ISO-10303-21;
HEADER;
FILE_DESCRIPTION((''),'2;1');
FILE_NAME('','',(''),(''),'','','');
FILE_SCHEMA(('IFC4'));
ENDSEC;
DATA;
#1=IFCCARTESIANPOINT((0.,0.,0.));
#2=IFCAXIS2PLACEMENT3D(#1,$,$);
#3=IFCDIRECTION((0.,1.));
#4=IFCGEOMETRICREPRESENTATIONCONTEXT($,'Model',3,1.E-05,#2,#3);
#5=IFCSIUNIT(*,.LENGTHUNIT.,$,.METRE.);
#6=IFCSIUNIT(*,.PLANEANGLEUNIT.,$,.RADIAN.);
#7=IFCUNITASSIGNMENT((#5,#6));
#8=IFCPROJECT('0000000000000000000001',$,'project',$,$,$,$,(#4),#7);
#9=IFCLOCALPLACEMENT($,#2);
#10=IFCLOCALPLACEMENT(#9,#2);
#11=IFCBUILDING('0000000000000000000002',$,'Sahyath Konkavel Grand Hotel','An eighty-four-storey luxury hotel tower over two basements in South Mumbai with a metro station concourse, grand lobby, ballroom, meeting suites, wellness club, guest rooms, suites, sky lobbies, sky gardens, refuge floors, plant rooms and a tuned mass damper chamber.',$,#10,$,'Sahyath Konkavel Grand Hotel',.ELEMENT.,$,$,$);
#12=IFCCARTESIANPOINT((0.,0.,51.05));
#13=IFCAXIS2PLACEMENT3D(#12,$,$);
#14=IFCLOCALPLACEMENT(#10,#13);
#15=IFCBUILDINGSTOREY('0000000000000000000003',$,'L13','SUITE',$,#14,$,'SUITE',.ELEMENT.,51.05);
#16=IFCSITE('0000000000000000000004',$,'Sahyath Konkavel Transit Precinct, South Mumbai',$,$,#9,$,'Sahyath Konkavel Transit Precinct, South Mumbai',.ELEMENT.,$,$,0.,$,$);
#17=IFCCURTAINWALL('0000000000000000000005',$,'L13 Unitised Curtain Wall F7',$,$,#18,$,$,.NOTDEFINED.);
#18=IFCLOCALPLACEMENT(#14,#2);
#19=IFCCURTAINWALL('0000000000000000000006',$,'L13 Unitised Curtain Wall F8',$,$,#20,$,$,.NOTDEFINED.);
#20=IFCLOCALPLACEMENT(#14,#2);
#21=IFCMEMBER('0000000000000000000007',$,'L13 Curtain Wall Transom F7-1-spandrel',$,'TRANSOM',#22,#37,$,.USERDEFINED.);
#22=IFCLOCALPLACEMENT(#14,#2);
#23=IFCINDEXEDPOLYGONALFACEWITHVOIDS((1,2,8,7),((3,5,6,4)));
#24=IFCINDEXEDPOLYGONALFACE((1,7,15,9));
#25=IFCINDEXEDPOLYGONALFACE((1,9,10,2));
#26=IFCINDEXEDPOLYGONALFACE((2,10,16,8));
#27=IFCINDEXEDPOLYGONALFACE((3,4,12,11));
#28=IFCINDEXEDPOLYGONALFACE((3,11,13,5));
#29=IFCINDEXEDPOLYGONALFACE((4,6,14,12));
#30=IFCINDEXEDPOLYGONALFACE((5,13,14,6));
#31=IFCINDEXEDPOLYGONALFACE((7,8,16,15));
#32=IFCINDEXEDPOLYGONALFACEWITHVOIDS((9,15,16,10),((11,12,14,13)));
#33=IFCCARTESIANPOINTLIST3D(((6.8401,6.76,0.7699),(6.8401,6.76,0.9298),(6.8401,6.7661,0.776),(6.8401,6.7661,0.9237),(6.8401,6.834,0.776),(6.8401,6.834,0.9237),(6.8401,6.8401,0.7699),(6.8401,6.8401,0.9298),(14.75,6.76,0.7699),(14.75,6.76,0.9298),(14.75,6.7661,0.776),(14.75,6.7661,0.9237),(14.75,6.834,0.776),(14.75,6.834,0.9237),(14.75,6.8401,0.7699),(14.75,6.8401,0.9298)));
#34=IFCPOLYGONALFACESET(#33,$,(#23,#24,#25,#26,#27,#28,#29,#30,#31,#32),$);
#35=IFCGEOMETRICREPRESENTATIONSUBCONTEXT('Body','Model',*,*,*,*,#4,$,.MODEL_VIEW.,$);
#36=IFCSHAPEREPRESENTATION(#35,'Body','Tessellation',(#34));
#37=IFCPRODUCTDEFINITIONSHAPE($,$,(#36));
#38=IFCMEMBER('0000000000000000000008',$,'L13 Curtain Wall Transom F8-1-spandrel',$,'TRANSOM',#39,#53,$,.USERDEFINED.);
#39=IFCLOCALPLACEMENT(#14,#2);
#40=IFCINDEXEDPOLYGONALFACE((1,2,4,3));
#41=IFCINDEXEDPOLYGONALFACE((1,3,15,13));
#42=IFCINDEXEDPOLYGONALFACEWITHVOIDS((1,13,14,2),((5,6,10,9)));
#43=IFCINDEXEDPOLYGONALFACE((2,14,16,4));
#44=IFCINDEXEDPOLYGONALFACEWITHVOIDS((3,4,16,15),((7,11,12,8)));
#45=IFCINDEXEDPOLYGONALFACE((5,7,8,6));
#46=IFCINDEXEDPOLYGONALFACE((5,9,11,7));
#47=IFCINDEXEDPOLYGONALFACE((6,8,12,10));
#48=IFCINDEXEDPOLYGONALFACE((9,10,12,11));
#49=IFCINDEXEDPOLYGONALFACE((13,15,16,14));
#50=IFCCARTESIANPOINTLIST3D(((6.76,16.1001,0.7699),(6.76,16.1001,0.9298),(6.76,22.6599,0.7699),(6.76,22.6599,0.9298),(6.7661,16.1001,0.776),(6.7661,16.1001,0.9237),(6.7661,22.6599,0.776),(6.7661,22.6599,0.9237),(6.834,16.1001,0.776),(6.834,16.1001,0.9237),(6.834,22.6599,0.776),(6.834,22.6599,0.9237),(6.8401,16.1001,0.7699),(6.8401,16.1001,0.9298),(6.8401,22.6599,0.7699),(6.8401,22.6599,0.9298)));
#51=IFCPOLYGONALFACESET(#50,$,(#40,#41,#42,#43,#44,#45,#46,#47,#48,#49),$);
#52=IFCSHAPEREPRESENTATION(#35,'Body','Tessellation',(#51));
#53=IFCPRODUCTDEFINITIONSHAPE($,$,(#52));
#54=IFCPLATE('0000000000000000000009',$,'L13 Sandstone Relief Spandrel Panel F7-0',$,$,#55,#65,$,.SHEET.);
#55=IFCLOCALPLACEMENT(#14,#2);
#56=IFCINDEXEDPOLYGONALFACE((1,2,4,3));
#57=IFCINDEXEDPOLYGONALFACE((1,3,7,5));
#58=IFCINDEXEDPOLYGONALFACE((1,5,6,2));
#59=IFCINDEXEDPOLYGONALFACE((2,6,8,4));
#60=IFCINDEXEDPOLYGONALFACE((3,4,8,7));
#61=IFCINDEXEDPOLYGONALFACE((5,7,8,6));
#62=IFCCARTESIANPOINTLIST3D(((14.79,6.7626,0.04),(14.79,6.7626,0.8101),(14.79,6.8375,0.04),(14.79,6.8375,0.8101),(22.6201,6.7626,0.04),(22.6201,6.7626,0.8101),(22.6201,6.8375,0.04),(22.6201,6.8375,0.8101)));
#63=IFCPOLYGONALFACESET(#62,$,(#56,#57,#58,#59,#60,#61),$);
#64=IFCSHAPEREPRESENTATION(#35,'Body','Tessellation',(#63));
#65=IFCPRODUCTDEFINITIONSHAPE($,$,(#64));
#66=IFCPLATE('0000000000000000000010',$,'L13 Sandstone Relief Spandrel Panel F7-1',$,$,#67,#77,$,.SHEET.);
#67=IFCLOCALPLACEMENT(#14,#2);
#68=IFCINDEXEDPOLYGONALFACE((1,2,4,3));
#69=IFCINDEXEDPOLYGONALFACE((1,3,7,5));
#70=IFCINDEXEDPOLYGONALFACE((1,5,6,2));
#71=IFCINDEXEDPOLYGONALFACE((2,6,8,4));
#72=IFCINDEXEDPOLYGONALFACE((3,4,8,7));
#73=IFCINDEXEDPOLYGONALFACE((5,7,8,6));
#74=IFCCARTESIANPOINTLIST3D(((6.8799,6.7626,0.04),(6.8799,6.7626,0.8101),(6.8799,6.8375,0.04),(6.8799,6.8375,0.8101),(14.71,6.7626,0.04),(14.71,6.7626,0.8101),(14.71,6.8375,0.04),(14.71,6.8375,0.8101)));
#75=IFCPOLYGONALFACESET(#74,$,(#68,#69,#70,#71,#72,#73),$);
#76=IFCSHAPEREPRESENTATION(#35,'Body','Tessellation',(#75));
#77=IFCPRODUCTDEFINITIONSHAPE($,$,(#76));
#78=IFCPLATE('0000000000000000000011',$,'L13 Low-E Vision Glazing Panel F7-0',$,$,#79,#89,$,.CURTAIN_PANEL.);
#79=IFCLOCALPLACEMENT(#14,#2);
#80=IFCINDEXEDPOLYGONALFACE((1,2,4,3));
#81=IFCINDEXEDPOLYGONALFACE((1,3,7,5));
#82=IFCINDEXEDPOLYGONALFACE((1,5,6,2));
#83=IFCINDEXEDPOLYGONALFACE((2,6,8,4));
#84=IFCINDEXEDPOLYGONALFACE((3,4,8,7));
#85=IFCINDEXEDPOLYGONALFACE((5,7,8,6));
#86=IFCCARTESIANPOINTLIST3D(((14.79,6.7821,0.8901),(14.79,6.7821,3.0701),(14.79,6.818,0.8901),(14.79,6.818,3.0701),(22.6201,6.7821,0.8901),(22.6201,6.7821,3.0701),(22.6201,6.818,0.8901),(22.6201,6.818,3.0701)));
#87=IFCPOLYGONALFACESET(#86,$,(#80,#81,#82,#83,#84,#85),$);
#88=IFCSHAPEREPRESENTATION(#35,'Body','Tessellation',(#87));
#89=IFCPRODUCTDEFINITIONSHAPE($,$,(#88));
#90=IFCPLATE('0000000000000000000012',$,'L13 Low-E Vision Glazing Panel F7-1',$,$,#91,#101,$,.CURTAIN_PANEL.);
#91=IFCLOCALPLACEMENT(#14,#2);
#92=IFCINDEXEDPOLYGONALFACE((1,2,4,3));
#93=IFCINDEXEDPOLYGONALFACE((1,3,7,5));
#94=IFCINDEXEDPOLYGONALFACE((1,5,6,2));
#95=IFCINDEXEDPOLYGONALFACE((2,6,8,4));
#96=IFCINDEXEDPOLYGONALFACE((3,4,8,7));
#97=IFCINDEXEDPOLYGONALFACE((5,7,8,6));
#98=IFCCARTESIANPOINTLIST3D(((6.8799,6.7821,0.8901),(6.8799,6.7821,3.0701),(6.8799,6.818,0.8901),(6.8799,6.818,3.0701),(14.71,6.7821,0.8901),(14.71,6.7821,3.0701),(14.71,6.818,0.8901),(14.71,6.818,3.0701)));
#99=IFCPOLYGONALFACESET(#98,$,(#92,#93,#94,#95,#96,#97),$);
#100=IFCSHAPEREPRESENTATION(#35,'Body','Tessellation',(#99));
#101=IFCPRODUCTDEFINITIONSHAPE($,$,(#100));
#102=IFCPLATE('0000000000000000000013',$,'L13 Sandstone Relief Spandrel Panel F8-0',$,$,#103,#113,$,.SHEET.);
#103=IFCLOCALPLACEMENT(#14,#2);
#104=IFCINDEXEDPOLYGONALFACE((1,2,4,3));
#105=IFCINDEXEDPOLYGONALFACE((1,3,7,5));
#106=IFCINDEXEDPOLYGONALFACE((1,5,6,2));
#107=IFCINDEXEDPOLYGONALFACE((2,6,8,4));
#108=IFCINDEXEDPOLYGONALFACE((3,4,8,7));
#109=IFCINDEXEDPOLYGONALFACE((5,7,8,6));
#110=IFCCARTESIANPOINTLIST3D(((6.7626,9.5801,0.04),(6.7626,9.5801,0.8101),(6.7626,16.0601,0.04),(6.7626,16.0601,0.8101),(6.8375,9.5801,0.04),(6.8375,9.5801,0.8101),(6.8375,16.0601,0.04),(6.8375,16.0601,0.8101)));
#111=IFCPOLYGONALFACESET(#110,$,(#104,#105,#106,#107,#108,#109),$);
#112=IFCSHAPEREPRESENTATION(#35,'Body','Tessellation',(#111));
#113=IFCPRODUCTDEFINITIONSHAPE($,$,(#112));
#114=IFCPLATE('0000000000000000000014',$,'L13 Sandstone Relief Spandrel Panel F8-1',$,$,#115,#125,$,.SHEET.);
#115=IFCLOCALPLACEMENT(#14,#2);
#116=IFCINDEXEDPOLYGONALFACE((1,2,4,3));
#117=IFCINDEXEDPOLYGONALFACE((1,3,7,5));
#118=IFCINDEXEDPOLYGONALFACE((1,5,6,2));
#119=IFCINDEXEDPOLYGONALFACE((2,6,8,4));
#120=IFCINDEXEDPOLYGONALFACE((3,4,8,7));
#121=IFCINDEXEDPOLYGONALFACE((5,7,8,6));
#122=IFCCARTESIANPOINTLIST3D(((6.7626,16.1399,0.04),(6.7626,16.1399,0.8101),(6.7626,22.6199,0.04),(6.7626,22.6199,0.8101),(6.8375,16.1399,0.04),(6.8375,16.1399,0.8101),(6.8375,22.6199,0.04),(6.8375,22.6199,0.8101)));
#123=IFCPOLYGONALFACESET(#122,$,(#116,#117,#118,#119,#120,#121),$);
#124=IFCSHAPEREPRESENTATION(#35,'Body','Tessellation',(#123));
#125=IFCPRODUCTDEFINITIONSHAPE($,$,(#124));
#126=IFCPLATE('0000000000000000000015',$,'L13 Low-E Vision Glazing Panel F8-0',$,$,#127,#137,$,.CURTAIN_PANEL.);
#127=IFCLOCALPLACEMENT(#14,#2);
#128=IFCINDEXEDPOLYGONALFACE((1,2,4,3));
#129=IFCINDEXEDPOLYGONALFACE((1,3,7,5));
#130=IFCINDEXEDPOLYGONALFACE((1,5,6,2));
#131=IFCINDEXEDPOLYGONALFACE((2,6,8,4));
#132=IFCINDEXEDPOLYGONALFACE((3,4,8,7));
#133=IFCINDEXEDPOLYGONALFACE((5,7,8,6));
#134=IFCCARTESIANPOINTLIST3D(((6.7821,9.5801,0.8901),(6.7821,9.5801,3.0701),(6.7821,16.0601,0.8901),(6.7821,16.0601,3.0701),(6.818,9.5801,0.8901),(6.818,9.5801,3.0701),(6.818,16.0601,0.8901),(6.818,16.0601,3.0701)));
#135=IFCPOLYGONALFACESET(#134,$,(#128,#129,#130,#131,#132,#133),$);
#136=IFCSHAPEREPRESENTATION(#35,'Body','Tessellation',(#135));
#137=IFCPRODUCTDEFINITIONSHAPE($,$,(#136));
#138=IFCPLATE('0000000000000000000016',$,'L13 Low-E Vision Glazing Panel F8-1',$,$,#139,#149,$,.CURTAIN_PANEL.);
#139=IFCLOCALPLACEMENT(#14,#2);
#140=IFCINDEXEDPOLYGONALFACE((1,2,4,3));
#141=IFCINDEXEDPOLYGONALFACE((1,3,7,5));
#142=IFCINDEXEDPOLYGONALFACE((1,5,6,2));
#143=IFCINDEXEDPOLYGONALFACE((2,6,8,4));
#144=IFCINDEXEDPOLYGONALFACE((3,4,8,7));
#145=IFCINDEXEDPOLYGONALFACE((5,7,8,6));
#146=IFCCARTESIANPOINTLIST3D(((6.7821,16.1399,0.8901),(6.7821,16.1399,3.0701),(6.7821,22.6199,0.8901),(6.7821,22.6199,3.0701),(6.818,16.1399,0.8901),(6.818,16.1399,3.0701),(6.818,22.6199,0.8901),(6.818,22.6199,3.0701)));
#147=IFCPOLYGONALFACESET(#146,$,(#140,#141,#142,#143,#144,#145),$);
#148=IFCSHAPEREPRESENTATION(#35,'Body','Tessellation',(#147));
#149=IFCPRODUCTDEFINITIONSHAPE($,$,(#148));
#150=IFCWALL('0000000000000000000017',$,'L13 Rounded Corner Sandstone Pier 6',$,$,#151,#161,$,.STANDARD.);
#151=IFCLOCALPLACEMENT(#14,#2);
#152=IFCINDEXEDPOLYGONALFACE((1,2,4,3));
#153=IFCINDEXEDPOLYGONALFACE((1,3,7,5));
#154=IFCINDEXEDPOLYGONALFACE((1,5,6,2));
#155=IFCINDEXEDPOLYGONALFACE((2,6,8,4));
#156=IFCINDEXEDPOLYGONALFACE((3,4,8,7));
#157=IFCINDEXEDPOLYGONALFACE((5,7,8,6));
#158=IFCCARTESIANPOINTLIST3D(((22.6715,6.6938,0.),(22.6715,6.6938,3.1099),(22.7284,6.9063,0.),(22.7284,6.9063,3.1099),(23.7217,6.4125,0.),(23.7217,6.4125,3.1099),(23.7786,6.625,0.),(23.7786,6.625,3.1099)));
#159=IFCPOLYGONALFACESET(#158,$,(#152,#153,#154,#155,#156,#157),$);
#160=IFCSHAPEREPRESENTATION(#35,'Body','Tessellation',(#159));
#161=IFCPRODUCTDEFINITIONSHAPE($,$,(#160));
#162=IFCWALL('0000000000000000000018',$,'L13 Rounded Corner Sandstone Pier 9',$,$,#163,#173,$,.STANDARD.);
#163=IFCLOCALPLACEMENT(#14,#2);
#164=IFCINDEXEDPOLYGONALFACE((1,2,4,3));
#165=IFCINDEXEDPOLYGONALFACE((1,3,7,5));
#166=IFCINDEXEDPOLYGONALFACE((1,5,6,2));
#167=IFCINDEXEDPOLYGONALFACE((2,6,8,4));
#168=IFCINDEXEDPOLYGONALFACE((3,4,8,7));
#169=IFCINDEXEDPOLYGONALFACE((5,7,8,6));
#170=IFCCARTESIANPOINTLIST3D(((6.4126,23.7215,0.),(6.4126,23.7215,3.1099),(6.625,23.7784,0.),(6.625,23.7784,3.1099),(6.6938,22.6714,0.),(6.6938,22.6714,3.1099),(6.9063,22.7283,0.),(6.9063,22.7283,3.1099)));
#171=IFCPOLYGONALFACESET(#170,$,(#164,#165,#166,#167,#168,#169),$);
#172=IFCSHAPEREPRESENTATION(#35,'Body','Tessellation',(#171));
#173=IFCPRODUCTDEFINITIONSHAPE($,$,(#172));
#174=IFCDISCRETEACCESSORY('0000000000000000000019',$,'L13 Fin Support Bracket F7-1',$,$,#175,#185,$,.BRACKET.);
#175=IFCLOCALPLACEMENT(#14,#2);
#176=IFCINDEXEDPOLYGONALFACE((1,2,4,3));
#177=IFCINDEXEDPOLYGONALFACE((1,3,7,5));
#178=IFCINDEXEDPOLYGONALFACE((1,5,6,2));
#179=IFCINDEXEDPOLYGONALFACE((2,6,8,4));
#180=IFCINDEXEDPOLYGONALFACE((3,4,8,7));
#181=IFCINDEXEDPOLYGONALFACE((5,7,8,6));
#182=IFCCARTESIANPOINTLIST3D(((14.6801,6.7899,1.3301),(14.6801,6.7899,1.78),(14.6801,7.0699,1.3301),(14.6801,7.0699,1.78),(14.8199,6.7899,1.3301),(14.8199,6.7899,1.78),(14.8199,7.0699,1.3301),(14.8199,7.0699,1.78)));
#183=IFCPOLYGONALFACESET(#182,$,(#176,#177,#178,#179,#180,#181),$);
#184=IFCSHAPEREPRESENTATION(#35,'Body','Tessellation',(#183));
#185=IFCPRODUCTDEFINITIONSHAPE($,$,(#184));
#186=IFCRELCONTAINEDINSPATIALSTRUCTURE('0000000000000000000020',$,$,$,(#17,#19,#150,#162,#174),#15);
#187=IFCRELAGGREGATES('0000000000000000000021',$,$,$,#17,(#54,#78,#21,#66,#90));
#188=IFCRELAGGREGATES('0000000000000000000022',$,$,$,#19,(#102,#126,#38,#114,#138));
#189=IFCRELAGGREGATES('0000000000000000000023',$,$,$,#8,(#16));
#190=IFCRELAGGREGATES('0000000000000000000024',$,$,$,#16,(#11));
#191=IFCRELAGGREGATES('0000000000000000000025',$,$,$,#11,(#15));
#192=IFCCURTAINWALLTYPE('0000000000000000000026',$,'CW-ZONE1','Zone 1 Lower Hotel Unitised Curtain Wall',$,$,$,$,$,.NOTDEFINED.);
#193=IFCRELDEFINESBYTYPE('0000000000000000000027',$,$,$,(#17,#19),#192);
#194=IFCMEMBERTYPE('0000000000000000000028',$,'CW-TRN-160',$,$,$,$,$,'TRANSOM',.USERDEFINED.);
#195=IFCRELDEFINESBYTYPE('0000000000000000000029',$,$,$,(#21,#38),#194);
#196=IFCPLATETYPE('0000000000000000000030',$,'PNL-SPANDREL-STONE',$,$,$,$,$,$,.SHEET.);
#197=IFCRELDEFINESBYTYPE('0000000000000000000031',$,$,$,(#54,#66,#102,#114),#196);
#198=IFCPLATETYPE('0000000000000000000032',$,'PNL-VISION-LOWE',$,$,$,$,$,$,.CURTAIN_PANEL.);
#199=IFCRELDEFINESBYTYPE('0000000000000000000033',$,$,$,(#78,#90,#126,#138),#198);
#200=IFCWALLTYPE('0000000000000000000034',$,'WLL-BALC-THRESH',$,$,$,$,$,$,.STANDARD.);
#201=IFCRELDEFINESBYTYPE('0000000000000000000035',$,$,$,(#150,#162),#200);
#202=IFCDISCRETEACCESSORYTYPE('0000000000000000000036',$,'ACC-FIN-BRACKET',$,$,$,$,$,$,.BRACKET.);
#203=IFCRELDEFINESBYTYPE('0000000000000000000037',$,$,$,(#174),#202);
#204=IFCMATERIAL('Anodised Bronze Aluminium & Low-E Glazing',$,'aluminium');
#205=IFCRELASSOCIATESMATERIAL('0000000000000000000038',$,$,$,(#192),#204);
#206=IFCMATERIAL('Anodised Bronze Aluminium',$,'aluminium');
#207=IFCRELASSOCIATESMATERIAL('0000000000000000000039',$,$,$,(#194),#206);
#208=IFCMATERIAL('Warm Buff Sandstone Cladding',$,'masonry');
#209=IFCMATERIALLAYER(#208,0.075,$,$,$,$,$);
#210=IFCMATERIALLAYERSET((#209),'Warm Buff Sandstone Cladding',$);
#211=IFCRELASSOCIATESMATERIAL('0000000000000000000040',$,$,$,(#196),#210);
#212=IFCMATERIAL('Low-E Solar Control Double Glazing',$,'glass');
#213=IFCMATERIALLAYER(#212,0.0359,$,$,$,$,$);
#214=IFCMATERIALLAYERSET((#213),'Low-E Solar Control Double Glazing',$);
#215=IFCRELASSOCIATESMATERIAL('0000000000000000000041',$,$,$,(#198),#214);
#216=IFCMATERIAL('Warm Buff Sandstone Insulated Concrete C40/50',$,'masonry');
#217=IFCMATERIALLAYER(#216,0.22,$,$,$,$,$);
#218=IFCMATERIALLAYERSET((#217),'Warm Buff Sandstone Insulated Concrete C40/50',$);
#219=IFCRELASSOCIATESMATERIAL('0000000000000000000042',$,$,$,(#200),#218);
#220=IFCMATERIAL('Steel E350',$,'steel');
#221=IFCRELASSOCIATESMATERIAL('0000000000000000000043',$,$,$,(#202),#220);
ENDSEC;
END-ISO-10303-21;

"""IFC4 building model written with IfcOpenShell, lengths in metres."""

from ifc_helpers import new_model, si_unit, direction, frame, frame_2d, origin, origin_2d, place, context, subcontext, project, spatial, rectangle, hollow_rectangle, extrude, source, transform, mapped, material, layer, layer_set, material_profile, profile_set, type_object, element, aggregate, save


model = new_model("IFC4")

# Units and contexts
model_context = context("Model", 3, precision=1e-05, world=origin(), true_north=direction((0.0, 1.0)))
body_context = subcontext(model_context, "Body", "Model", "MODEL_VIEW")
ifc_project = project(units=[si_unit("LENGTHUNIT", "METRE"), si_unit("PLANEANGLEUNIT", "RADIAN")], contexts=[model_context])

# Site, building, storey
site_placement = place(None, origin())
site = spatial("IfcSite", under=ifc_project, at=site_placement, Name="Sahyath Konkavel Transit Precinct, South Mumbai", LongName="Sahyath Konkavel Transit Precinct, South Mumbai", CompositionType="ELEMENT", RefElevation=0.0)
building_placement = place(site_placement, origin())
building = spatial("IfcBuilding", under=site, at=building_placement, Name="Sahyath Konkavel Grand Hotel", Description="An eighty-four-storey luxury hotel tower over two basements in South Mumbai with a metro station concourse, grand lobby, ballroom, meeting suites, wellness club, guest rooms, suites, sky lobbies, sky gardens, refuge floors, plant rooms and a tuned mass damper chamber.", LongName="Sahyath Konkavel Grand Hotel", CompositionType="ELEMENT")
storey_placement = place(building_placement, frame((0.0, 0.0, 51.05)))
storey = spatial("IfcBuildingStorey", under=building, at=storey_placement, Name="L13", Description="SUITE", LongName="SUITE", CompositionType="ELEMENT", Elevation=51.05)

# Shared definitions
ifc_material_1 = material(Name="Steel E350", Category="steel")

# Curtain walls
ifc_material_2 = material(Name="Anodised Bronze Aluminium & Low-E Glazing", Category="aluminium")
curtain_wall_type = type_object("IfcCurtainWallType", Name="CW-ZONE1", Description="Zone 1 Lower Hotel Unitised Curtain Wall", PredefinedType="NOTDEFINED", material=ifc_material_2)
curtain_wall_1_placement = place(storey_placement, origin())
curtain_wall_1 = element("IfcCurtainWall", 1, at=curtain_wall_1_placement, inside=storey, type_object=curtain_wall_type, Name="L13 Unitised Curtain Wall F7", PredefinedType="NOTDEFINED")
ifc_material_3 = material(Name="Anodised Bronze Aluminium", Category="aluminium")
curtain_wall_2_placement = place(storey_placement, origin())
curtain_wall_2 = element("IfcCurtainWall", 2, at=curtain_wall_2_placement, inside=storey, type_object=curtain_wall_type, Name="L13 Unitised Curtain Wall F8", PredefinedType="NOTDEFINED")

# Members
ifc_material_profile_1 = material_profile(ifc_material_3, hollow_rectangle(XDim=0.0801, YDim=0.1599, WallThickness=0.0061, at=origin_2d()), Name="RHS 160x80x6")
ifc_profile_set_1 = profile_set([ifc_material_profile_1], Name="Anodised Bronze Aluminium")
member_type_1 = type_object("IfcMemberType", Name="CW-TRN-160", ElementType="TRANSOM", PredefinedType="USERDEFINED", material=ifc_profile_set_1)
shared_shape_1 = source(origin(), body_context, "Body", "SweptSolid", [
    extrude(hollow_rectangle(XDim=0.0801, YDim=0.1599, WallThickness=0.0061, at=origin_2d()), origin(), (0.0, 0.0, 1.0), 7.9099),
])
member_1_placement = place(storey_placement, frame((14.75, 6.8, 0.8499), z_axis=(-1.0, 0.0, 0.0), x_axis=(0.0, -1.0, 0.0)))
member_1 = element("IfcMember", 3, at=member_1_placement, type_object=member_type_1, Name="L13 Curtain Wall Transom F7-1-spandrel", ObjectType="TRANSOM", PredefinedType="USERDEFINED", context=body_context, shape_type="MappedRepresentation", body=[
    mapped(shared_shape_1, transform((0.0, 0.0, 0.0), scale=1.0)),
])
shared_shape_2 = source(origin(), body_context, "Body", "SweptSolid", [
    extrude(hollow_rectangle(XDim=0.0801, YDim=0.1599, WallThickness=0.0061, at=origin_2d()), origin(), (0.0, 0.0, 1.0), 6.5598),
])
member_2_placement = place(storey_placement, frame((6.8, 16.1001, 0.8499), z_axis=(0.0, 1.0, 0.0), x_axis=(-1.0, 0.0, 0.0)))
member_2 = element("IfcMember", 4, at=member_2_placement, type_object=member_type_1, Name="L13 Curtain Wall Transom F8-1-spandrel", ObjectType="TRANSOM", PredefinedType="USERDEFINED", context=body_context, shape_type="MappedRepresentation", body=[
    mapped(shared_shape_2, transform((0.0, 0.0, 0.0), scale=1.0)),
])

# Plates
ifc_material_4 = material(Name="Warm Buff Sandstone Cladding", Category="masonry")
ifc_layer_1 = layer(ifc_material_4, 0.075)
ifc_layer_set_1 = layer_set([ifc_layer_1], Name="Warm Buff Sandstone Cladding")
plate_type_1 = type_object("IfcPlateType", Name="PNL-SPANDREL-STONE", PredefinedType="SHEET", material=ifc_layer_set_1)
shared_shape_3 = source(origin(), body_context, "Body", "SweptSolid", [
    extrude(rectangle(XDim=7.8301, YDim=0.075, at=origin_2d()), origin(), (0.0, 0.0, 1.0), 0.77),
])
plate_1_placement = place(storey_placement, frame((18.7051, 6.8, 0.04), z_axis=(0.0, 0.0, 1.0), x_axis=(-1.0, 0.0, 0.0)))
plate_1 = element("IfcPlate", 5, at=plate_1_placement, type_object=plate_type_1, Name="L13 Sandstone Relief Spandrel Panel F7-0", PredefinedType="SHEET", context=body_context, shape_type="MappedRepresentation", body=[
    mapped(shared_shape_3, transform((0.0, 0.0, 0.0), scale=1.0)),
])
plate_2_placement = place(storey_placement, frame((10.7949, 6.8, 0.04), z_axis=(0.0, 0.0, 1.0), x_axis=(-1.0, 0.0, 0.0)))
plate_2 = element("IfcPlate", 6, at=plate_2_placement, type_object=plate_type_1, Name="L13 Sandstone Relief Spandrel Panel F7-1", PredefinedType="SHEET", context=body_context, shape_type="MappedRepresentation", body=[
    mapped(shared_shape_3, transform((0.0, 0.0, 0.0), scale=1.0)),
])
ifc_material_5 = material(Name="Low-E Solar Control Double Glazing", Category="glass")
ifc_layer_2 = layer(ifc_material_5, 0.0359)
ifc_layer_set_2 = layer_set([ifc_layer_2], Name="Low-E Solar Control Double Glazing")
plate_type_2 = type_object("IfcPlateType", Name="PNL-VISION-LOWE", PredefinedType="CURTAIN_PANEL", material=ifc_layer_set_2)
shared_shape_4 = source(origin(), body_context, "Body", "SweptSolid", [
    extrude(rectangle(XDim=7.8301, YDim=0.0359, at=origin_2d()), origin(), (0.0, 0.0, 1.0), 2.1799),
])
plate_3_placement = place(storey_placement, frame((18.7051, 6.8, 0.8901), z_axis=(0.0, 0.0, 1.0), x_axis=(-1.0, 0.0, 0.0)))
plate_3 = element("IfcPlate", 7, at=plate_3_placement, type_object=plate_type_2, Name="L13 Low-E Vision Glazing Panel F7-0", PredefinedType="CURTAIN_PANEL", context=body_context, shape_type="MappedRepresentation", body=[
    mapped(shared_shape_4, transform((0.0, 0.0, 0.0), scale=1.0)),
])
plate_4_placement = place(storey_placement, frame((10.7949, 6.8, 0.8901), z_axis=(0.0, 0.0, 1.0), x_axis=(-1.0, 0.0, 0.0)))
plate_4 = element("IfcPlate", 8, at=plate_4_placement, type_object=plate_type_2, Name="L13 Low-E Vision Glazing Panel F7-1", PredefinedType="CURTAIN_PANEL", context=body_context, shape_type="MappedRepresentation", body=[
    mapped(shared_shape_4, transform((0.0, 0.0, 0.0), scale=1.0)),
])
aggregate(curtain_wall_1, [plate_1, plate_3, member_1, plate_2, plate_4])
shared_shape_5 = source(origin(), body_context, "Body", "SweptSolid", [
    extrude(rectangle(XDim=6.48, YDim=0.075, at=origin_2d()), origin(), (0.0, 0.0, 1.0), 0.77),
])
plate_5_placement = place(storey_placement, frame((6.8, 12.8201, 0.04), z_axis=(0.0, 0.0, 1.0), x_axis=(0.0, 1.0, 0.0)))
plate_5 = element("IfcPlate", 9, at=plate_5_placement, type_object=plate_type_1, Name="L13 Sandstone Relief Spandrel Panel F8-0", PredefinedType="SHEET", context=body_context, shape_type="MappedRepresentation", body=[
    mapped(shared_shape_5, transform((0.0, 0.0, 0.0), scale=1.0)),
])
plate_6_placement = place(storey_placement, frame((6.8, 19.3799, 0.04), z_axis=(0.0, 0.0, 1.0), x_axis=(0.0, 1.0, 0.0)))
plate_6 = element("IfcPlate", 10, at=plate_6_placement, type_object=plate_type_1, Name="L13 Sandstone Relief Spandrel Panel F8-1", PredefinedType="SHEET", context=body_context, shape_type="MappedRepresentation", body=[
    mapped(shared_shape_5, transform((0.0, 0.0, 0.0), scale=1.0)),
])
shared_shape_6 = source(origin(), body_context, "Body", "SweptSolid", [
    extrude(rectangle(XDim=6.48, YDim=0.0359, at=origin_2d()), origin(), (0.0, 0.0, 1.0), 2.1799),
])
plate_7_placement = place(storey_placement, frame((6.8, 12.8201, 0.8901), z_axis=(0.0, 0.0, 1.0), x_axis=(0.0, 1.0, 0.0)))
plate_7 = element("IfcPlate", 11, at=plate_7_placement, type_object=plate_type_2, Name="L13 Low-E Vision Glazing Panel F8-0", PredefinedType="CURTAIN_PANEL", context=body_context, shape_type="MappedRepresentation", body=[
    mapped(shared_shape_6, transform((0.0, 0.0, 0.0), scale=1.0)),
])
plate_8_placement = place(storey_placement, frame((6.8, 19.3799, 0.8901), z_axis=(0.0, 0.0, 1.0), x_axis=(0.0, 1.0, 0.0)))
plate_8 = element("IfcPlate", 12, at=plate_8_placement, type_object=plate_type_2, Name="L13 Low-E Vision Glazing Panel F8-1", PredefinedType="CURTAIN_PANEL", context=body_context, shape_type="MappedRepresentation", body=[
    mapped(shared_shape_6, transform((0.0, 0.0, 0.0), scale=1.0)),
])
aggregate(curtain_wall_2, [plate_5, plate_7, member_2, plate_6, plate_8])

# Walls
ifc_material_6 = material(Name="Warm Buff Sandstone Insulated Concrete C40/50", Category="masonry")
ifc_layer_3 = layer(ifc_material_6, 0.22)
ifc_layer_set_3 = layer_set([ifc_layer_3], Name="Warm Buff Sandstone Insulated Concrete C40/50")
wall_type = type_object("IfcWallType", Name="WLL-BALC-THRESH", PredefinedType="STANDARD", material=ifc_layer_set_3)
for number, where, z_axis, x_axis, name in (
    (13, (23.75, 6.5188, 0.0), (0.0, 0.0, 1.0), (-0.965951, 0.258725, 0.0), "L13 Rounded Corner Sandstone Pier 6"),
    (14, (6.8, 22.7, 0.0), (0.0, 0.0, 1.0), (-0.258725, 0.965951, 0.0), "L13 Rounded Corner Sandstone Pier 9"),
):
    element("IfcWall", number, at=place(storey_placement, frame(where, z_axis=z_axis, x_axis=x_axis)), inside=storey, type_object=wall_type, Name=name, PredefinedType="STANDARD", context=body_context, shape_type="SweptSolid", body=[
        extrude(rectangle(XDim=1.0872, YDim=0.22, at=frame_2d((0.5435, 0.0))), origin(), (0.0, 0.0, 1.0), 3.1099),
    ])

# Discrete accessory
discrete_accessory_type = type_object("IfcDiscreteAccessoryType", Name="ACC-FIN-BRACKET", PredefinedType="BRACKET", material=ifc_material_1)
shared_shape_7 = source(origin(), body_context, "Body", "SweptSolid", [
    extrude(rectangle(XDim=0.28, YDim=0.1399, at=origin_2d()), origin(), (0.0, 0.0, 1.0), 0.45),
])
for number, where, z_axis, x_axis, name in (
    (15, (14.75, 6.9299, 1.3301), (0.0, 0.0, 1.0), (0.0, 1.0, 0.0), "L13 Fin Support Bracket F7-1"),
):
    element("IfcDiscreteAccessory", number, at=place(storey_placement, frame(where, z_axis=z_axis, x_axis=x_axis)), inside=storey, type_object=discrete_accessory_type, Name=name, PredefinedType="BRACKET", context=body_context, shape_type="MappedRepresentation", body=[
        mapped(shared_shape_7, transform((0.0, 0.0, 0.0), scale=1.0)),
    ])

save(model, "model.ifc")
